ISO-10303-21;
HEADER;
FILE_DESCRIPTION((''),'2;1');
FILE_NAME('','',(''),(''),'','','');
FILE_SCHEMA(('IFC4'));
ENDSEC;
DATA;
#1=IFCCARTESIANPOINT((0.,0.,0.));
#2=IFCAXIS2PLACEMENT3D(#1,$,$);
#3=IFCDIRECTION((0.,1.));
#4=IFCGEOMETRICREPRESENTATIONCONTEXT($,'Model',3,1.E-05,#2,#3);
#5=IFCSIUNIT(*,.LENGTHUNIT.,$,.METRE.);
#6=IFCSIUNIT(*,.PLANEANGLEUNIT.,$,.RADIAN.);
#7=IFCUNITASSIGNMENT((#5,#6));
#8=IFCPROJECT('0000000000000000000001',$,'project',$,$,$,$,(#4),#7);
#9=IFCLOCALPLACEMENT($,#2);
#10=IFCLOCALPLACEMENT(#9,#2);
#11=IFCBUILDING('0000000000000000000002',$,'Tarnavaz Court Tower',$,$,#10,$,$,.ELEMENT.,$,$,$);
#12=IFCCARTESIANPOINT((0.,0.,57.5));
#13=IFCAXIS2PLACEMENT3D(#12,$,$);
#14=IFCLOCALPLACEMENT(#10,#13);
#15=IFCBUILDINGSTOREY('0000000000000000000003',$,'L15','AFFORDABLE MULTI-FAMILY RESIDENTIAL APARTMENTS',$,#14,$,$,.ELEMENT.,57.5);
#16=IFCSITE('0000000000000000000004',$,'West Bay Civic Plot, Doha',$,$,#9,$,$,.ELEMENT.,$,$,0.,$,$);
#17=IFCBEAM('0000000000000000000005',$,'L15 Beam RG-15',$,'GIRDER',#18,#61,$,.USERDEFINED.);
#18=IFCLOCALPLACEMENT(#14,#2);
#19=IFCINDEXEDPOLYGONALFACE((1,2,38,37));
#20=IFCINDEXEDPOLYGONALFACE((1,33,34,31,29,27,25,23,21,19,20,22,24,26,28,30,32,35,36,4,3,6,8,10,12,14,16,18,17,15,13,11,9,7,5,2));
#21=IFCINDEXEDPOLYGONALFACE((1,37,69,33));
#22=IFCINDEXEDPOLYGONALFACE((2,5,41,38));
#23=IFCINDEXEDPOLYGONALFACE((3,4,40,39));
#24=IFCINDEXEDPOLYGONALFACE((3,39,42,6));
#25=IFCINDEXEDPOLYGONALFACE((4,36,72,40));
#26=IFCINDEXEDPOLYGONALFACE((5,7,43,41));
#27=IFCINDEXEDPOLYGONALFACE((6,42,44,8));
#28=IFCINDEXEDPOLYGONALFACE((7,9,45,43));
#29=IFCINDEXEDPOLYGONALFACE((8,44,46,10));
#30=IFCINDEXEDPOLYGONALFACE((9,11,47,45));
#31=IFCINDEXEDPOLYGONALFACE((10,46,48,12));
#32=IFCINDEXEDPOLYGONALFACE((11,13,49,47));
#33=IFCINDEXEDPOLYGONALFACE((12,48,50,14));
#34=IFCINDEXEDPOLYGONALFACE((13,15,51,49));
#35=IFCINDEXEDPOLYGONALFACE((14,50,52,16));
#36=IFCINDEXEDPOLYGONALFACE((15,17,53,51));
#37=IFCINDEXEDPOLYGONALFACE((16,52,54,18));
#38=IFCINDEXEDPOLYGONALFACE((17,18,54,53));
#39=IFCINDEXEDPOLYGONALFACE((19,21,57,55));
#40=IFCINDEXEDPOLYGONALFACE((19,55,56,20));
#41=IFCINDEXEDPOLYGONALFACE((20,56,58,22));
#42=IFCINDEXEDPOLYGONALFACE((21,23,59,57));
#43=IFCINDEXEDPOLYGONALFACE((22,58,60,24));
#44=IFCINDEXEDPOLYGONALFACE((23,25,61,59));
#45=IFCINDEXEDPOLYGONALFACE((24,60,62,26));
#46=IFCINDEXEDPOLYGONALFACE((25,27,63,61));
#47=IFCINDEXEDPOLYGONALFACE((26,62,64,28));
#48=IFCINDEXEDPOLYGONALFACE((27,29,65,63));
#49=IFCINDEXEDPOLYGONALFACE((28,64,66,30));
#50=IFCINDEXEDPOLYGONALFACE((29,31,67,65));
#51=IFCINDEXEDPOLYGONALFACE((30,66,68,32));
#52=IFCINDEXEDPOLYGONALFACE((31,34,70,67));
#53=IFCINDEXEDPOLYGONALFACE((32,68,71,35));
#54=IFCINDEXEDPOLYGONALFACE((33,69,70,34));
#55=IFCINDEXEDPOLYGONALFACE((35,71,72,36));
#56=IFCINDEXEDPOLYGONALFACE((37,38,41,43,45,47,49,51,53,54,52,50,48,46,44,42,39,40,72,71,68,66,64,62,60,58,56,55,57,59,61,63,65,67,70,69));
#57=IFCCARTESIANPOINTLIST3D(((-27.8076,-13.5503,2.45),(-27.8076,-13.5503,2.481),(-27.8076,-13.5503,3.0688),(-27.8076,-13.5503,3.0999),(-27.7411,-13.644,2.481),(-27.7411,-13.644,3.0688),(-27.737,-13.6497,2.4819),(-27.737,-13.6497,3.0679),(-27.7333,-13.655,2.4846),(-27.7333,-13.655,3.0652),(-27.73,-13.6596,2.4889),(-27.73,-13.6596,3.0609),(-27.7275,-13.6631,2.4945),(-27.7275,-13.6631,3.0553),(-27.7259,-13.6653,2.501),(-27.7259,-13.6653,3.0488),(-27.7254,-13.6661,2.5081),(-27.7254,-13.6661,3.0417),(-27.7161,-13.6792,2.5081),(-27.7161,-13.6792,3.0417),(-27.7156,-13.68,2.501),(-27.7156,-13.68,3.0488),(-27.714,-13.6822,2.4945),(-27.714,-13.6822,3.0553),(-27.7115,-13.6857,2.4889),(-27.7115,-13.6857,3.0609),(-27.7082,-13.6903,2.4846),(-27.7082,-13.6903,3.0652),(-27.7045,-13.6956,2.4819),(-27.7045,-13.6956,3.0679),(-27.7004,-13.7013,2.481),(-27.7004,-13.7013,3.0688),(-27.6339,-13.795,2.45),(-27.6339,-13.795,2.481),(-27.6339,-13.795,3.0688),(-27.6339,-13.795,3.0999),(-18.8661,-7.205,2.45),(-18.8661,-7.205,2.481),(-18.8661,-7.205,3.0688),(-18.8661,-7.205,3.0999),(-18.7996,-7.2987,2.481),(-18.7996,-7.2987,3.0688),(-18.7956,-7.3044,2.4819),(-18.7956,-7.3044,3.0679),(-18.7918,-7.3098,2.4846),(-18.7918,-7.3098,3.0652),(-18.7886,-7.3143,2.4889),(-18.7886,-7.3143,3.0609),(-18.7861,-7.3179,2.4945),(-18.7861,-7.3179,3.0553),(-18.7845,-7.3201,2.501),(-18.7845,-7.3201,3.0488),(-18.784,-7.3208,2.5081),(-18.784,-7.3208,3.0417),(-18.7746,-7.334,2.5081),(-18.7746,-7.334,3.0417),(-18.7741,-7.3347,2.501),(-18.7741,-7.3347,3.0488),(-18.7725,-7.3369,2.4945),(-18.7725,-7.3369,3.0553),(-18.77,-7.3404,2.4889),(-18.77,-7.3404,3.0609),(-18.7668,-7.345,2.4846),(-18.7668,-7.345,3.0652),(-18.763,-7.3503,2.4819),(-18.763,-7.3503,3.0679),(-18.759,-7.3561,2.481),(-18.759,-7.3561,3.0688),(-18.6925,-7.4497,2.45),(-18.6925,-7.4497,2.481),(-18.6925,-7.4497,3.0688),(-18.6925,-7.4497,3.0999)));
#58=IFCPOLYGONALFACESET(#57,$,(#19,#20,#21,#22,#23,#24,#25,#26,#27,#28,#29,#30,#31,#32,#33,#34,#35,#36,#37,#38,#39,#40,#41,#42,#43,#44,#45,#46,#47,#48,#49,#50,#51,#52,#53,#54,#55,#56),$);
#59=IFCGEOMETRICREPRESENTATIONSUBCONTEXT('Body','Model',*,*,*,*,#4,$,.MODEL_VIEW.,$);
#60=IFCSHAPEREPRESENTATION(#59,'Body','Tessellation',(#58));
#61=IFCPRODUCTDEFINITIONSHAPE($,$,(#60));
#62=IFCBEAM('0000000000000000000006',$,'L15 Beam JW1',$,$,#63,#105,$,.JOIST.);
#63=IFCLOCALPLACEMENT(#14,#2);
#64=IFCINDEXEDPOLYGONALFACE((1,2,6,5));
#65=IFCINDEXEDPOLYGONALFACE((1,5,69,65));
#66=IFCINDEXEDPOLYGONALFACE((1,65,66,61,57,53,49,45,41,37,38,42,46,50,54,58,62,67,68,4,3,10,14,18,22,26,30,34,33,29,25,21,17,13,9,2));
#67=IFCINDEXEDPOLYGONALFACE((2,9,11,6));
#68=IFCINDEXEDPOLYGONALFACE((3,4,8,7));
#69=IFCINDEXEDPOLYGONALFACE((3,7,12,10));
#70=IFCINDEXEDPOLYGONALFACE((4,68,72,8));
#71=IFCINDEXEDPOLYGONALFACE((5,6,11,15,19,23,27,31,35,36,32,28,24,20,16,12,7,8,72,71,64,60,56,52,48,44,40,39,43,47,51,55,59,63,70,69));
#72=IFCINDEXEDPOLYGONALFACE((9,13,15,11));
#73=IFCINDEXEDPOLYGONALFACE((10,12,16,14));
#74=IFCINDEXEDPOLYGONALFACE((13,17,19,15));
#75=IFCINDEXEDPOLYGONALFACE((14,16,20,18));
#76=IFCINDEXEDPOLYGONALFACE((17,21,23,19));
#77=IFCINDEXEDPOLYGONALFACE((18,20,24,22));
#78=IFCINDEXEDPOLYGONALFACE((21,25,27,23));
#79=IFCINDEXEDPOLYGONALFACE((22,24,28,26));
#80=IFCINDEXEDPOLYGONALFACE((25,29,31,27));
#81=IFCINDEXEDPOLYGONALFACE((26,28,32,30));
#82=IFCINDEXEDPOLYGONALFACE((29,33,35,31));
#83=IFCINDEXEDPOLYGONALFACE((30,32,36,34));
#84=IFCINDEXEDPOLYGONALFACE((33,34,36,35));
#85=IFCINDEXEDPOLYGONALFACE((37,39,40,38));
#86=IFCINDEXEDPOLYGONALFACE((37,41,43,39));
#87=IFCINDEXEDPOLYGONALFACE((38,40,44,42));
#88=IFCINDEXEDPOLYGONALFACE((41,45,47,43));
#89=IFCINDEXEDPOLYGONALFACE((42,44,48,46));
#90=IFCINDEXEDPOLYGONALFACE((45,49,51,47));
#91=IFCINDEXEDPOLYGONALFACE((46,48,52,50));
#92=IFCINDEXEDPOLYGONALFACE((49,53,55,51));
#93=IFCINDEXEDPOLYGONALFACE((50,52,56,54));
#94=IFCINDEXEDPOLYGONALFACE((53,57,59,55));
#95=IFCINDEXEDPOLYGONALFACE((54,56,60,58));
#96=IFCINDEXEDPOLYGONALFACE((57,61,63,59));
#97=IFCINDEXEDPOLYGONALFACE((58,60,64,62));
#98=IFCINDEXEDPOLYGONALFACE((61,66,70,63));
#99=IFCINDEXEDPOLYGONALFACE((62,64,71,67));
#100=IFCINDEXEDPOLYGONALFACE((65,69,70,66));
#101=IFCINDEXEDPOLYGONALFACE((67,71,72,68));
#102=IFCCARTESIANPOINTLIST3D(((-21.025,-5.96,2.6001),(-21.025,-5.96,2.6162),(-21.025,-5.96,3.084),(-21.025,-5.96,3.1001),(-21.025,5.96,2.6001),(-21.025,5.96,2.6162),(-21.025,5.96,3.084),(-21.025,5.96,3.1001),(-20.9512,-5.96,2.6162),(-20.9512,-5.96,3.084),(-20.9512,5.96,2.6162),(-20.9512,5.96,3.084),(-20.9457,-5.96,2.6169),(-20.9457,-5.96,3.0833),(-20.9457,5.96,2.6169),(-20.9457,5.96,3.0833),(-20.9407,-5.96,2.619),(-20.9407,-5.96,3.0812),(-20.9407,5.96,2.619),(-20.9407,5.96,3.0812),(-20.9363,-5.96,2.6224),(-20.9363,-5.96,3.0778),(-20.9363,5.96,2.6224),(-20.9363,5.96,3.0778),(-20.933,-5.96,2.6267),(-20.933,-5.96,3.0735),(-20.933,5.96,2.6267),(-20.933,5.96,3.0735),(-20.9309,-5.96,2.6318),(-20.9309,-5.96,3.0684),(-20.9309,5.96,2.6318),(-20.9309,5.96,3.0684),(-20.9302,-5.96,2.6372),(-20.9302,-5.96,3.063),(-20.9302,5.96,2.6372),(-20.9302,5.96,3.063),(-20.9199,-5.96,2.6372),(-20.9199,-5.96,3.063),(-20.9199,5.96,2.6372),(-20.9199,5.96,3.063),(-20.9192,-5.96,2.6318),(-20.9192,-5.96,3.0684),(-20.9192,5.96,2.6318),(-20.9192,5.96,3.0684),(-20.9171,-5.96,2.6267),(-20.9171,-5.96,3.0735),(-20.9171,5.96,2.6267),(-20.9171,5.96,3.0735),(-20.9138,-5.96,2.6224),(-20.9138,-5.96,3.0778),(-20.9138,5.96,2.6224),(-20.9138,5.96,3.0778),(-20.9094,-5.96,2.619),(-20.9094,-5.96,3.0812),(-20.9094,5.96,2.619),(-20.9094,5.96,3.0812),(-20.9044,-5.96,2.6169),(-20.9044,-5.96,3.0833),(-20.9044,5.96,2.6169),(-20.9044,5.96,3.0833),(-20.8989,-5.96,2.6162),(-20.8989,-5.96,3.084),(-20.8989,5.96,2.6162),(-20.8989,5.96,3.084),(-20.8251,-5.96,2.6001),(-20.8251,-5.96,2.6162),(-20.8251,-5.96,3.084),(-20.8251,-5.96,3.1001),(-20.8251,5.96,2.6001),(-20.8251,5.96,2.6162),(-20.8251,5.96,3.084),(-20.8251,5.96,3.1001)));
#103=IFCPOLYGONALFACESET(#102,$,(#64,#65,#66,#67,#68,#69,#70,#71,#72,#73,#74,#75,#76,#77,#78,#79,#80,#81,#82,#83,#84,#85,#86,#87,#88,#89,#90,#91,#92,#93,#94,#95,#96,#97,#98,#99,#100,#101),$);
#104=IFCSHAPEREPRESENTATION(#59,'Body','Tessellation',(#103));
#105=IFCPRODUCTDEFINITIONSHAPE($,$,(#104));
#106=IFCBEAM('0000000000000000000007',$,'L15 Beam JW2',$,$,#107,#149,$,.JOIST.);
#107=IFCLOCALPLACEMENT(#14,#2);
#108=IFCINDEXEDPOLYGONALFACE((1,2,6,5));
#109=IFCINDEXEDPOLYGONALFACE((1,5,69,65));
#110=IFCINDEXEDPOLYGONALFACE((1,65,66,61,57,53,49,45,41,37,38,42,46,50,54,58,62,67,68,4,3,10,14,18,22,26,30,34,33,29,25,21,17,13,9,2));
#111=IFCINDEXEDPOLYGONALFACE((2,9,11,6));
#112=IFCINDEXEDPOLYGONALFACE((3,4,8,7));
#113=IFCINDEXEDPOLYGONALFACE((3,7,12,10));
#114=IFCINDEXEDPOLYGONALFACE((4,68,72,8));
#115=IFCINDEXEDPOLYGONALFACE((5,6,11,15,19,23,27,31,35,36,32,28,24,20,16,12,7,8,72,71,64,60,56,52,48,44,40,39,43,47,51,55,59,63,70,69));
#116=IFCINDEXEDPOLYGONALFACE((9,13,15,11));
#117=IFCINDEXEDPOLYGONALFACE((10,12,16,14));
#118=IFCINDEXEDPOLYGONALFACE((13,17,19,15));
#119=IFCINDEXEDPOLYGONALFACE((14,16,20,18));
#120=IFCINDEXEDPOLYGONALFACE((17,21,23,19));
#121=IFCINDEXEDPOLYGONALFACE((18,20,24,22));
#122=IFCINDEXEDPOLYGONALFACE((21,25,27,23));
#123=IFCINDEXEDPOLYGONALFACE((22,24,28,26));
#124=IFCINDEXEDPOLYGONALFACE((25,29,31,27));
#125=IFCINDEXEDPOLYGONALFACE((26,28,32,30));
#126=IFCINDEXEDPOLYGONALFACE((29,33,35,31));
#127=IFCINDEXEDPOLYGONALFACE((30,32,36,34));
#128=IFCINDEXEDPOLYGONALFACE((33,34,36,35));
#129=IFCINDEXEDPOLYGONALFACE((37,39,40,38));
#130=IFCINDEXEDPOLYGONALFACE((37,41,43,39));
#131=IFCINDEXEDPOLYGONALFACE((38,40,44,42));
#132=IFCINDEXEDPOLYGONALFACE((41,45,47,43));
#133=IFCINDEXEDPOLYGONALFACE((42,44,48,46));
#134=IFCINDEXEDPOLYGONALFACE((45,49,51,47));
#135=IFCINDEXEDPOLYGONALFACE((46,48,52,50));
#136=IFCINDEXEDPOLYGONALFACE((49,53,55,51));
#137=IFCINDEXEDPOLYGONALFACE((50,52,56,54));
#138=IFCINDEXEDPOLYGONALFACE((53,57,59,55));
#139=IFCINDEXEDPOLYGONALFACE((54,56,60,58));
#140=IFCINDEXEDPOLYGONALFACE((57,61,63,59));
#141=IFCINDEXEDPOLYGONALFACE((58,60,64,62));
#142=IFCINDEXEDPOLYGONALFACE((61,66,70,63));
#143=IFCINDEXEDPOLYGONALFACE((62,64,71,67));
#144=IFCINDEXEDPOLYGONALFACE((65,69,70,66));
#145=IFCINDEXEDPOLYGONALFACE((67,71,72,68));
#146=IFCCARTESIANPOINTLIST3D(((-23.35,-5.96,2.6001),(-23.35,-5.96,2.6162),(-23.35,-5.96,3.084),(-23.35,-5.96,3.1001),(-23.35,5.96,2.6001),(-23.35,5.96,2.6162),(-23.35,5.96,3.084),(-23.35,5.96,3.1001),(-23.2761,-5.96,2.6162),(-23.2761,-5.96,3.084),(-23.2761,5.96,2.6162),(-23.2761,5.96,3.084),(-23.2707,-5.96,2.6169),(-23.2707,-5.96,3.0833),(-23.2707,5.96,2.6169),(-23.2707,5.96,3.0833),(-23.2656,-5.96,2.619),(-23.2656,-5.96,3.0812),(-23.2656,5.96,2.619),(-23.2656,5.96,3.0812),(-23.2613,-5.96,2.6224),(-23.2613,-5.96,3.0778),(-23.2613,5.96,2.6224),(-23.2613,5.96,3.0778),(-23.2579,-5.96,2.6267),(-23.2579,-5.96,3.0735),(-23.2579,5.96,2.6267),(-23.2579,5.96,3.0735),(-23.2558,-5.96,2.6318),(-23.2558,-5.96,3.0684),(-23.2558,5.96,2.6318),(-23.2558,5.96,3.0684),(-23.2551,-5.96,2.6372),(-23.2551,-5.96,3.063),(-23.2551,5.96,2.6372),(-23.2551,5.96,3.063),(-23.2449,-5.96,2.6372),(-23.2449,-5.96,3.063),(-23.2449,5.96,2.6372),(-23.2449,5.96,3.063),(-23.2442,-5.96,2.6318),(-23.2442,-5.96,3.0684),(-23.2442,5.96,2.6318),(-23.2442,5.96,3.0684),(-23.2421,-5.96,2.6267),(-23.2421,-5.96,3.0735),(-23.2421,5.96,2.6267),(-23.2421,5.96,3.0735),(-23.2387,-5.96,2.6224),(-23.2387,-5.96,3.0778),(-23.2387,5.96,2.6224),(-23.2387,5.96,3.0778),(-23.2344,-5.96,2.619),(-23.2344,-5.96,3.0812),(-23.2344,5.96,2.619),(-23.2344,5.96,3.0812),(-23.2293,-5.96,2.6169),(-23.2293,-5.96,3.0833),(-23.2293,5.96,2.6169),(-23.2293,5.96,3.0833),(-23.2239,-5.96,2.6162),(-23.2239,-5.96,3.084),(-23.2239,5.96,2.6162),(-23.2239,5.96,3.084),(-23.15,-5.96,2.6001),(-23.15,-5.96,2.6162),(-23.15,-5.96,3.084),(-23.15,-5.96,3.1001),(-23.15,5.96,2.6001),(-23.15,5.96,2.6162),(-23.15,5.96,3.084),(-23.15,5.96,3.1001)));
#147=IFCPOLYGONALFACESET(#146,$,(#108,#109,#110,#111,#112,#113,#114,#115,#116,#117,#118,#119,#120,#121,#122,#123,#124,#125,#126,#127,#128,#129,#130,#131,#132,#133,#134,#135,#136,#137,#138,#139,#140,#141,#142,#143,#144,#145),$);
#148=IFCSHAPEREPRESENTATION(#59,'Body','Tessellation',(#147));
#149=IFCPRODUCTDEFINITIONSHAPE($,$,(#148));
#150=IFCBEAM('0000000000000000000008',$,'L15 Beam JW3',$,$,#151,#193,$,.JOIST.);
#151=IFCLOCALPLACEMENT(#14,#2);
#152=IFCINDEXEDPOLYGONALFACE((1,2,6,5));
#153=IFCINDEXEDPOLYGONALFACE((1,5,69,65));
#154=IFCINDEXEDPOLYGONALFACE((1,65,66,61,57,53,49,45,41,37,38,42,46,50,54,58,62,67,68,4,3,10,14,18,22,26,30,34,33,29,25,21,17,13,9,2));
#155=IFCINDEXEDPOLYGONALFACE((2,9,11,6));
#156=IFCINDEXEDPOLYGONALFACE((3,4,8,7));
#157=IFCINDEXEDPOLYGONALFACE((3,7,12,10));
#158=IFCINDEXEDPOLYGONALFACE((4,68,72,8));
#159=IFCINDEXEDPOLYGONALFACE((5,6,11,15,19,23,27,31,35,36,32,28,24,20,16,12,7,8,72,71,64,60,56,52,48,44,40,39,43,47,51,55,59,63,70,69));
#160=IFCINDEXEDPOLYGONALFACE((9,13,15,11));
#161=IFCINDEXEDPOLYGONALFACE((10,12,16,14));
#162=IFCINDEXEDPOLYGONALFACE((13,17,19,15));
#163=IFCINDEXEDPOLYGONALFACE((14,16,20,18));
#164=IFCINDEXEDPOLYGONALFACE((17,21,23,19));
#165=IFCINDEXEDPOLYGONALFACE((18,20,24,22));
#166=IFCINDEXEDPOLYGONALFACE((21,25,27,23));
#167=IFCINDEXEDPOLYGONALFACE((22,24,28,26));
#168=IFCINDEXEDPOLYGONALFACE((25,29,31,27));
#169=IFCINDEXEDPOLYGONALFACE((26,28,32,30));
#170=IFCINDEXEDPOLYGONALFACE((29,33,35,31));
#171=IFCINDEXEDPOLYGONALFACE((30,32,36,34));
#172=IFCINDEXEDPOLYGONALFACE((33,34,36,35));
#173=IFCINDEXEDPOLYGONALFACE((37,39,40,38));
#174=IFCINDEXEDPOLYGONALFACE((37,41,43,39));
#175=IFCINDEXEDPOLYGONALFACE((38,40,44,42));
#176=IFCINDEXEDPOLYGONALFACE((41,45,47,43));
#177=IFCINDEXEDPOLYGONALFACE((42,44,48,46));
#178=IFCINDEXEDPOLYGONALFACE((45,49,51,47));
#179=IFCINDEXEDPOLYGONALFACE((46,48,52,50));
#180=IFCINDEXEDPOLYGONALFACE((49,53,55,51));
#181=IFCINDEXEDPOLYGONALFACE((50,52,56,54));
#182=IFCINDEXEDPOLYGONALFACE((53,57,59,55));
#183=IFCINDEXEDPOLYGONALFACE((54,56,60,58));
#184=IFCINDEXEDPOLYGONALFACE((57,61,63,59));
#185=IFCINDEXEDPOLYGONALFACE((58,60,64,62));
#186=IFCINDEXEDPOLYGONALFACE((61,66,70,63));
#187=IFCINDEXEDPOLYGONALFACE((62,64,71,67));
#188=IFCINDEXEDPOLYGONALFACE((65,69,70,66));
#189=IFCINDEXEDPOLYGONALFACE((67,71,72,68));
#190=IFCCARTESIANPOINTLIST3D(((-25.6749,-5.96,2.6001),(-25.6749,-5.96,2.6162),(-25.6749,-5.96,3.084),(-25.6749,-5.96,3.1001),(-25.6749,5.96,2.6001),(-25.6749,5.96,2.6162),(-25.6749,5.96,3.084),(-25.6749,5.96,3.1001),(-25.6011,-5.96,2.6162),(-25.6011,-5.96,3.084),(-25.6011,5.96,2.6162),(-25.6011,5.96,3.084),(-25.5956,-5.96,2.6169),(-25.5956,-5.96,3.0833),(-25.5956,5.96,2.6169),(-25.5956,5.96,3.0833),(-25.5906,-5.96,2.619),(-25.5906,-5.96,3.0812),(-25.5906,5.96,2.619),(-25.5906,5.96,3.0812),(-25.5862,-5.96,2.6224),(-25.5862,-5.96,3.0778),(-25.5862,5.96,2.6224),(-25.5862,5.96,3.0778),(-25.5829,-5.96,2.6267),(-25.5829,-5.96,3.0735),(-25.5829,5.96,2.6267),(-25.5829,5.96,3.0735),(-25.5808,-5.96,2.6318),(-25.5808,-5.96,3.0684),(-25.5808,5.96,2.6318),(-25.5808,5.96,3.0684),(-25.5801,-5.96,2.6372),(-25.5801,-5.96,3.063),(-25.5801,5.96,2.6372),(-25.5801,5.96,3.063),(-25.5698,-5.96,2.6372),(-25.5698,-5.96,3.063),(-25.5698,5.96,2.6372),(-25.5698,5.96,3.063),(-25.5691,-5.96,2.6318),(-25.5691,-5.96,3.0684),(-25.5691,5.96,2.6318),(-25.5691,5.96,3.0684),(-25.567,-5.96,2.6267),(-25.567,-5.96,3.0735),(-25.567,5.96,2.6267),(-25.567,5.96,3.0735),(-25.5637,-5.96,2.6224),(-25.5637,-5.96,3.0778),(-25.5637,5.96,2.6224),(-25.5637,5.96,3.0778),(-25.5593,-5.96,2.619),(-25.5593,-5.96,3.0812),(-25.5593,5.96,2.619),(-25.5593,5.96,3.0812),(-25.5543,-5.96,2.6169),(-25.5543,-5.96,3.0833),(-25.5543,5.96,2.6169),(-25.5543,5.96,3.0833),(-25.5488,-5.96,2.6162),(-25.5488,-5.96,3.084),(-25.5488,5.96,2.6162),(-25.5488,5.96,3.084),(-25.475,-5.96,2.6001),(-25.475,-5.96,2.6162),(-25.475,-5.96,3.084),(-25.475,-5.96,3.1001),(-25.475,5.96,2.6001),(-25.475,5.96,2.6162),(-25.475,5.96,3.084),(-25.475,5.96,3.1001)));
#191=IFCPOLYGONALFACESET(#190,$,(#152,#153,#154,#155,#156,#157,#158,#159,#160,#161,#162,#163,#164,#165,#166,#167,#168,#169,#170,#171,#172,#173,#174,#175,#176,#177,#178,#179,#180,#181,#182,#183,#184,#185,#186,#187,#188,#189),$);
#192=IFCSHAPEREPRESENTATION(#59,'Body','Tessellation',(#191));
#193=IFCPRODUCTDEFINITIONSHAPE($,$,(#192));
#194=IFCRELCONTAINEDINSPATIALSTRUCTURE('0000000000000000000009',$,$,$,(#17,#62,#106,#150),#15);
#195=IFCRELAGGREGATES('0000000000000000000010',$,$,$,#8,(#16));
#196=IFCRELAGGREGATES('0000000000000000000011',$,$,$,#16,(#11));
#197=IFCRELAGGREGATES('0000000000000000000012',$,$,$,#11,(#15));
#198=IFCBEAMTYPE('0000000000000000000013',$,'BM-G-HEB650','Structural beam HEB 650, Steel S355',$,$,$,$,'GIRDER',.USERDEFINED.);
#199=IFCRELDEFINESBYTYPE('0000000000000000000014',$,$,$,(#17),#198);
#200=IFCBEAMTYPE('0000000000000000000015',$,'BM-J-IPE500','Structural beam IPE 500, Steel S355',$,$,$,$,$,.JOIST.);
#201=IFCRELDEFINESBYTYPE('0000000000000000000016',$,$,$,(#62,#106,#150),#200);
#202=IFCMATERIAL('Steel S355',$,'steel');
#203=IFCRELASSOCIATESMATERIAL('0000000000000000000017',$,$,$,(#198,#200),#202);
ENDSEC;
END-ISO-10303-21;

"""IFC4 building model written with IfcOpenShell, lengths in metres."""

from ifc_helpers import new_model, si_unit, direction, frame, origin, origin_2d, place, context, subcontext, project, spatial, i_section, extrude, material, material_profile, profile_set, type_object, element, save


model = new_model("IFC4")

# Units and contexts
model_context = context("Model", 3, precision=1e-05, world=origin(), true_north=direction((0.0, 1.0)))
body_context = subcontext(model_context, "Body", "Model", "MODEL_VIEW")
ifc_project = project(units=[si_unit("LENGTHUNIT", "METRE"), si_unit("PLANEANGLEUNIT", "RADIAN")], contexts=[model_context])

# Site, building, storey
site_placement = place(None, origin())
site = spatial("IfcSite", under=ifc_project, at=site_placement, Name="West Bay Civic Plot, Doha", CompositionType="ELEMENT", RefElevation=0.0)
building_placement = place(site_placement, origin())
building = spatial("IfcBuilding", under=site, at=building_placement, Name="Tarnavaz Court Tower", CompositionType="ELEMENT")
storey_placement = place(building_placement, frame((0.0, 0.0, 57.5)))
storey = spatial("IfcBuildingStorey", under=building, at=storey_placement, Name="L15", Description="AFFORDABLE MULTI-FAMILY RESIDENTIAL APARTMENTS", CompositionType="ELEMENT", Elevation=57.5)

# Beams
ifc_material_1 = material(Name="Steel S355", Category="steel")
ifc_material_profile_1 = material_profile(ifc_material_1, i_section(OverallWidth=0.3, OverallDepth=0.6499, WebThickness=0.0161, FlangeThickness=0.031, FilletRadius=0.0271, at=origin_2d()), Name="HEB 650")
ifc_profile_set_1 = profile_set([ifc_material_profile_1], Name="Steel S355")
beam_type_1 = type_object("IfcBeamType", Name="BM-G-HEB650", Description="Structural beam HEB 650, Steel S355", ElementType="GIRDER", PredefinedType="USERDEFINED", material=ifc_profile_set_1)
beam_1_placement = place(storey_placement, frame((-18.7793, -7.3274, 2.7749), z_axis=(-0.81552, -0.578729, 0.0), x_axis=(0.578729, -0.81552, 0.0)))
element("IfcBeam", 1, at=beam_1_placement, inside=storey, type_object=beam_type_1, Name="L15 Beam RG-15", ObjectType="GIRDER", PredefinedType="USERDEFINED", context=body_context, shape_type="SweptSolid", body=[
    extrude(i_section(OverallWidth=0.3, OverallDepth=0.6499, WebThickness=0.0161, FlangeThickness=0.031, FilletRadius=0.0271, at=origin_2d()), origin(), (0.0, 0.0, 1.0), 10.9641),
])
ifc_material_profile_2 = material_profile(ifc_material_1, i_section(OverallWidth=0.2, OverallDepth=0.5, WebThickness=0.0103, FlangeThickness=0.0161, FilletRadius=0.021, at=origin_2d()), Name="IPE 500")
ifc_profile_set_2 = profile_set([ifc_material_profile_2], Name="Steel S355")
beam_type_2 = type_object("IfcBeamType", Name="BM-J-IPE500", Description="Structural beam IPE 500, Steel S355", PredefinedType="JOIST", material=ifc_profile_set_2)
for number, where, z_axis, x_axis, name in (
    (2, (-20.925, -5.96, 2.8501), (0.0, 1.0, 0.0), (-1.0, 0.0, 0.0), "L15 Beam JW1"),
    (3, (-23.25, -5.96, 2.8501), (0.0, 1.0, 0.0), (-1.0, 0.0, 0.0), "L15 Beam JW2"),
    (4, (-25.575, -5.96, 2.8501), (0.0, 1.0, 0.0), (-1.0, 0.0, 0.0), "L15 Beam JW3"),
):
    element("IfcBeam", number, at=place(storey_placement, frame(where, z_axis=z_axis, x_axis=x_axis)), inside=storey, type_object=beam_type_2, Name=name, PredefinedType="JOIST", context=body_context, shape_type="SweptSolid", body=[
        extrude(i_section(OverallWidth=0.2, OverallDepth=0.5, WebThickness=0.0103, FlangeThickness=0.0161, FilletRadius=0.021, at=origin_2d()), origin(), (0.0, 0.0, 1.0), 11.9199),
    ])

save(model, "model.ifc")
